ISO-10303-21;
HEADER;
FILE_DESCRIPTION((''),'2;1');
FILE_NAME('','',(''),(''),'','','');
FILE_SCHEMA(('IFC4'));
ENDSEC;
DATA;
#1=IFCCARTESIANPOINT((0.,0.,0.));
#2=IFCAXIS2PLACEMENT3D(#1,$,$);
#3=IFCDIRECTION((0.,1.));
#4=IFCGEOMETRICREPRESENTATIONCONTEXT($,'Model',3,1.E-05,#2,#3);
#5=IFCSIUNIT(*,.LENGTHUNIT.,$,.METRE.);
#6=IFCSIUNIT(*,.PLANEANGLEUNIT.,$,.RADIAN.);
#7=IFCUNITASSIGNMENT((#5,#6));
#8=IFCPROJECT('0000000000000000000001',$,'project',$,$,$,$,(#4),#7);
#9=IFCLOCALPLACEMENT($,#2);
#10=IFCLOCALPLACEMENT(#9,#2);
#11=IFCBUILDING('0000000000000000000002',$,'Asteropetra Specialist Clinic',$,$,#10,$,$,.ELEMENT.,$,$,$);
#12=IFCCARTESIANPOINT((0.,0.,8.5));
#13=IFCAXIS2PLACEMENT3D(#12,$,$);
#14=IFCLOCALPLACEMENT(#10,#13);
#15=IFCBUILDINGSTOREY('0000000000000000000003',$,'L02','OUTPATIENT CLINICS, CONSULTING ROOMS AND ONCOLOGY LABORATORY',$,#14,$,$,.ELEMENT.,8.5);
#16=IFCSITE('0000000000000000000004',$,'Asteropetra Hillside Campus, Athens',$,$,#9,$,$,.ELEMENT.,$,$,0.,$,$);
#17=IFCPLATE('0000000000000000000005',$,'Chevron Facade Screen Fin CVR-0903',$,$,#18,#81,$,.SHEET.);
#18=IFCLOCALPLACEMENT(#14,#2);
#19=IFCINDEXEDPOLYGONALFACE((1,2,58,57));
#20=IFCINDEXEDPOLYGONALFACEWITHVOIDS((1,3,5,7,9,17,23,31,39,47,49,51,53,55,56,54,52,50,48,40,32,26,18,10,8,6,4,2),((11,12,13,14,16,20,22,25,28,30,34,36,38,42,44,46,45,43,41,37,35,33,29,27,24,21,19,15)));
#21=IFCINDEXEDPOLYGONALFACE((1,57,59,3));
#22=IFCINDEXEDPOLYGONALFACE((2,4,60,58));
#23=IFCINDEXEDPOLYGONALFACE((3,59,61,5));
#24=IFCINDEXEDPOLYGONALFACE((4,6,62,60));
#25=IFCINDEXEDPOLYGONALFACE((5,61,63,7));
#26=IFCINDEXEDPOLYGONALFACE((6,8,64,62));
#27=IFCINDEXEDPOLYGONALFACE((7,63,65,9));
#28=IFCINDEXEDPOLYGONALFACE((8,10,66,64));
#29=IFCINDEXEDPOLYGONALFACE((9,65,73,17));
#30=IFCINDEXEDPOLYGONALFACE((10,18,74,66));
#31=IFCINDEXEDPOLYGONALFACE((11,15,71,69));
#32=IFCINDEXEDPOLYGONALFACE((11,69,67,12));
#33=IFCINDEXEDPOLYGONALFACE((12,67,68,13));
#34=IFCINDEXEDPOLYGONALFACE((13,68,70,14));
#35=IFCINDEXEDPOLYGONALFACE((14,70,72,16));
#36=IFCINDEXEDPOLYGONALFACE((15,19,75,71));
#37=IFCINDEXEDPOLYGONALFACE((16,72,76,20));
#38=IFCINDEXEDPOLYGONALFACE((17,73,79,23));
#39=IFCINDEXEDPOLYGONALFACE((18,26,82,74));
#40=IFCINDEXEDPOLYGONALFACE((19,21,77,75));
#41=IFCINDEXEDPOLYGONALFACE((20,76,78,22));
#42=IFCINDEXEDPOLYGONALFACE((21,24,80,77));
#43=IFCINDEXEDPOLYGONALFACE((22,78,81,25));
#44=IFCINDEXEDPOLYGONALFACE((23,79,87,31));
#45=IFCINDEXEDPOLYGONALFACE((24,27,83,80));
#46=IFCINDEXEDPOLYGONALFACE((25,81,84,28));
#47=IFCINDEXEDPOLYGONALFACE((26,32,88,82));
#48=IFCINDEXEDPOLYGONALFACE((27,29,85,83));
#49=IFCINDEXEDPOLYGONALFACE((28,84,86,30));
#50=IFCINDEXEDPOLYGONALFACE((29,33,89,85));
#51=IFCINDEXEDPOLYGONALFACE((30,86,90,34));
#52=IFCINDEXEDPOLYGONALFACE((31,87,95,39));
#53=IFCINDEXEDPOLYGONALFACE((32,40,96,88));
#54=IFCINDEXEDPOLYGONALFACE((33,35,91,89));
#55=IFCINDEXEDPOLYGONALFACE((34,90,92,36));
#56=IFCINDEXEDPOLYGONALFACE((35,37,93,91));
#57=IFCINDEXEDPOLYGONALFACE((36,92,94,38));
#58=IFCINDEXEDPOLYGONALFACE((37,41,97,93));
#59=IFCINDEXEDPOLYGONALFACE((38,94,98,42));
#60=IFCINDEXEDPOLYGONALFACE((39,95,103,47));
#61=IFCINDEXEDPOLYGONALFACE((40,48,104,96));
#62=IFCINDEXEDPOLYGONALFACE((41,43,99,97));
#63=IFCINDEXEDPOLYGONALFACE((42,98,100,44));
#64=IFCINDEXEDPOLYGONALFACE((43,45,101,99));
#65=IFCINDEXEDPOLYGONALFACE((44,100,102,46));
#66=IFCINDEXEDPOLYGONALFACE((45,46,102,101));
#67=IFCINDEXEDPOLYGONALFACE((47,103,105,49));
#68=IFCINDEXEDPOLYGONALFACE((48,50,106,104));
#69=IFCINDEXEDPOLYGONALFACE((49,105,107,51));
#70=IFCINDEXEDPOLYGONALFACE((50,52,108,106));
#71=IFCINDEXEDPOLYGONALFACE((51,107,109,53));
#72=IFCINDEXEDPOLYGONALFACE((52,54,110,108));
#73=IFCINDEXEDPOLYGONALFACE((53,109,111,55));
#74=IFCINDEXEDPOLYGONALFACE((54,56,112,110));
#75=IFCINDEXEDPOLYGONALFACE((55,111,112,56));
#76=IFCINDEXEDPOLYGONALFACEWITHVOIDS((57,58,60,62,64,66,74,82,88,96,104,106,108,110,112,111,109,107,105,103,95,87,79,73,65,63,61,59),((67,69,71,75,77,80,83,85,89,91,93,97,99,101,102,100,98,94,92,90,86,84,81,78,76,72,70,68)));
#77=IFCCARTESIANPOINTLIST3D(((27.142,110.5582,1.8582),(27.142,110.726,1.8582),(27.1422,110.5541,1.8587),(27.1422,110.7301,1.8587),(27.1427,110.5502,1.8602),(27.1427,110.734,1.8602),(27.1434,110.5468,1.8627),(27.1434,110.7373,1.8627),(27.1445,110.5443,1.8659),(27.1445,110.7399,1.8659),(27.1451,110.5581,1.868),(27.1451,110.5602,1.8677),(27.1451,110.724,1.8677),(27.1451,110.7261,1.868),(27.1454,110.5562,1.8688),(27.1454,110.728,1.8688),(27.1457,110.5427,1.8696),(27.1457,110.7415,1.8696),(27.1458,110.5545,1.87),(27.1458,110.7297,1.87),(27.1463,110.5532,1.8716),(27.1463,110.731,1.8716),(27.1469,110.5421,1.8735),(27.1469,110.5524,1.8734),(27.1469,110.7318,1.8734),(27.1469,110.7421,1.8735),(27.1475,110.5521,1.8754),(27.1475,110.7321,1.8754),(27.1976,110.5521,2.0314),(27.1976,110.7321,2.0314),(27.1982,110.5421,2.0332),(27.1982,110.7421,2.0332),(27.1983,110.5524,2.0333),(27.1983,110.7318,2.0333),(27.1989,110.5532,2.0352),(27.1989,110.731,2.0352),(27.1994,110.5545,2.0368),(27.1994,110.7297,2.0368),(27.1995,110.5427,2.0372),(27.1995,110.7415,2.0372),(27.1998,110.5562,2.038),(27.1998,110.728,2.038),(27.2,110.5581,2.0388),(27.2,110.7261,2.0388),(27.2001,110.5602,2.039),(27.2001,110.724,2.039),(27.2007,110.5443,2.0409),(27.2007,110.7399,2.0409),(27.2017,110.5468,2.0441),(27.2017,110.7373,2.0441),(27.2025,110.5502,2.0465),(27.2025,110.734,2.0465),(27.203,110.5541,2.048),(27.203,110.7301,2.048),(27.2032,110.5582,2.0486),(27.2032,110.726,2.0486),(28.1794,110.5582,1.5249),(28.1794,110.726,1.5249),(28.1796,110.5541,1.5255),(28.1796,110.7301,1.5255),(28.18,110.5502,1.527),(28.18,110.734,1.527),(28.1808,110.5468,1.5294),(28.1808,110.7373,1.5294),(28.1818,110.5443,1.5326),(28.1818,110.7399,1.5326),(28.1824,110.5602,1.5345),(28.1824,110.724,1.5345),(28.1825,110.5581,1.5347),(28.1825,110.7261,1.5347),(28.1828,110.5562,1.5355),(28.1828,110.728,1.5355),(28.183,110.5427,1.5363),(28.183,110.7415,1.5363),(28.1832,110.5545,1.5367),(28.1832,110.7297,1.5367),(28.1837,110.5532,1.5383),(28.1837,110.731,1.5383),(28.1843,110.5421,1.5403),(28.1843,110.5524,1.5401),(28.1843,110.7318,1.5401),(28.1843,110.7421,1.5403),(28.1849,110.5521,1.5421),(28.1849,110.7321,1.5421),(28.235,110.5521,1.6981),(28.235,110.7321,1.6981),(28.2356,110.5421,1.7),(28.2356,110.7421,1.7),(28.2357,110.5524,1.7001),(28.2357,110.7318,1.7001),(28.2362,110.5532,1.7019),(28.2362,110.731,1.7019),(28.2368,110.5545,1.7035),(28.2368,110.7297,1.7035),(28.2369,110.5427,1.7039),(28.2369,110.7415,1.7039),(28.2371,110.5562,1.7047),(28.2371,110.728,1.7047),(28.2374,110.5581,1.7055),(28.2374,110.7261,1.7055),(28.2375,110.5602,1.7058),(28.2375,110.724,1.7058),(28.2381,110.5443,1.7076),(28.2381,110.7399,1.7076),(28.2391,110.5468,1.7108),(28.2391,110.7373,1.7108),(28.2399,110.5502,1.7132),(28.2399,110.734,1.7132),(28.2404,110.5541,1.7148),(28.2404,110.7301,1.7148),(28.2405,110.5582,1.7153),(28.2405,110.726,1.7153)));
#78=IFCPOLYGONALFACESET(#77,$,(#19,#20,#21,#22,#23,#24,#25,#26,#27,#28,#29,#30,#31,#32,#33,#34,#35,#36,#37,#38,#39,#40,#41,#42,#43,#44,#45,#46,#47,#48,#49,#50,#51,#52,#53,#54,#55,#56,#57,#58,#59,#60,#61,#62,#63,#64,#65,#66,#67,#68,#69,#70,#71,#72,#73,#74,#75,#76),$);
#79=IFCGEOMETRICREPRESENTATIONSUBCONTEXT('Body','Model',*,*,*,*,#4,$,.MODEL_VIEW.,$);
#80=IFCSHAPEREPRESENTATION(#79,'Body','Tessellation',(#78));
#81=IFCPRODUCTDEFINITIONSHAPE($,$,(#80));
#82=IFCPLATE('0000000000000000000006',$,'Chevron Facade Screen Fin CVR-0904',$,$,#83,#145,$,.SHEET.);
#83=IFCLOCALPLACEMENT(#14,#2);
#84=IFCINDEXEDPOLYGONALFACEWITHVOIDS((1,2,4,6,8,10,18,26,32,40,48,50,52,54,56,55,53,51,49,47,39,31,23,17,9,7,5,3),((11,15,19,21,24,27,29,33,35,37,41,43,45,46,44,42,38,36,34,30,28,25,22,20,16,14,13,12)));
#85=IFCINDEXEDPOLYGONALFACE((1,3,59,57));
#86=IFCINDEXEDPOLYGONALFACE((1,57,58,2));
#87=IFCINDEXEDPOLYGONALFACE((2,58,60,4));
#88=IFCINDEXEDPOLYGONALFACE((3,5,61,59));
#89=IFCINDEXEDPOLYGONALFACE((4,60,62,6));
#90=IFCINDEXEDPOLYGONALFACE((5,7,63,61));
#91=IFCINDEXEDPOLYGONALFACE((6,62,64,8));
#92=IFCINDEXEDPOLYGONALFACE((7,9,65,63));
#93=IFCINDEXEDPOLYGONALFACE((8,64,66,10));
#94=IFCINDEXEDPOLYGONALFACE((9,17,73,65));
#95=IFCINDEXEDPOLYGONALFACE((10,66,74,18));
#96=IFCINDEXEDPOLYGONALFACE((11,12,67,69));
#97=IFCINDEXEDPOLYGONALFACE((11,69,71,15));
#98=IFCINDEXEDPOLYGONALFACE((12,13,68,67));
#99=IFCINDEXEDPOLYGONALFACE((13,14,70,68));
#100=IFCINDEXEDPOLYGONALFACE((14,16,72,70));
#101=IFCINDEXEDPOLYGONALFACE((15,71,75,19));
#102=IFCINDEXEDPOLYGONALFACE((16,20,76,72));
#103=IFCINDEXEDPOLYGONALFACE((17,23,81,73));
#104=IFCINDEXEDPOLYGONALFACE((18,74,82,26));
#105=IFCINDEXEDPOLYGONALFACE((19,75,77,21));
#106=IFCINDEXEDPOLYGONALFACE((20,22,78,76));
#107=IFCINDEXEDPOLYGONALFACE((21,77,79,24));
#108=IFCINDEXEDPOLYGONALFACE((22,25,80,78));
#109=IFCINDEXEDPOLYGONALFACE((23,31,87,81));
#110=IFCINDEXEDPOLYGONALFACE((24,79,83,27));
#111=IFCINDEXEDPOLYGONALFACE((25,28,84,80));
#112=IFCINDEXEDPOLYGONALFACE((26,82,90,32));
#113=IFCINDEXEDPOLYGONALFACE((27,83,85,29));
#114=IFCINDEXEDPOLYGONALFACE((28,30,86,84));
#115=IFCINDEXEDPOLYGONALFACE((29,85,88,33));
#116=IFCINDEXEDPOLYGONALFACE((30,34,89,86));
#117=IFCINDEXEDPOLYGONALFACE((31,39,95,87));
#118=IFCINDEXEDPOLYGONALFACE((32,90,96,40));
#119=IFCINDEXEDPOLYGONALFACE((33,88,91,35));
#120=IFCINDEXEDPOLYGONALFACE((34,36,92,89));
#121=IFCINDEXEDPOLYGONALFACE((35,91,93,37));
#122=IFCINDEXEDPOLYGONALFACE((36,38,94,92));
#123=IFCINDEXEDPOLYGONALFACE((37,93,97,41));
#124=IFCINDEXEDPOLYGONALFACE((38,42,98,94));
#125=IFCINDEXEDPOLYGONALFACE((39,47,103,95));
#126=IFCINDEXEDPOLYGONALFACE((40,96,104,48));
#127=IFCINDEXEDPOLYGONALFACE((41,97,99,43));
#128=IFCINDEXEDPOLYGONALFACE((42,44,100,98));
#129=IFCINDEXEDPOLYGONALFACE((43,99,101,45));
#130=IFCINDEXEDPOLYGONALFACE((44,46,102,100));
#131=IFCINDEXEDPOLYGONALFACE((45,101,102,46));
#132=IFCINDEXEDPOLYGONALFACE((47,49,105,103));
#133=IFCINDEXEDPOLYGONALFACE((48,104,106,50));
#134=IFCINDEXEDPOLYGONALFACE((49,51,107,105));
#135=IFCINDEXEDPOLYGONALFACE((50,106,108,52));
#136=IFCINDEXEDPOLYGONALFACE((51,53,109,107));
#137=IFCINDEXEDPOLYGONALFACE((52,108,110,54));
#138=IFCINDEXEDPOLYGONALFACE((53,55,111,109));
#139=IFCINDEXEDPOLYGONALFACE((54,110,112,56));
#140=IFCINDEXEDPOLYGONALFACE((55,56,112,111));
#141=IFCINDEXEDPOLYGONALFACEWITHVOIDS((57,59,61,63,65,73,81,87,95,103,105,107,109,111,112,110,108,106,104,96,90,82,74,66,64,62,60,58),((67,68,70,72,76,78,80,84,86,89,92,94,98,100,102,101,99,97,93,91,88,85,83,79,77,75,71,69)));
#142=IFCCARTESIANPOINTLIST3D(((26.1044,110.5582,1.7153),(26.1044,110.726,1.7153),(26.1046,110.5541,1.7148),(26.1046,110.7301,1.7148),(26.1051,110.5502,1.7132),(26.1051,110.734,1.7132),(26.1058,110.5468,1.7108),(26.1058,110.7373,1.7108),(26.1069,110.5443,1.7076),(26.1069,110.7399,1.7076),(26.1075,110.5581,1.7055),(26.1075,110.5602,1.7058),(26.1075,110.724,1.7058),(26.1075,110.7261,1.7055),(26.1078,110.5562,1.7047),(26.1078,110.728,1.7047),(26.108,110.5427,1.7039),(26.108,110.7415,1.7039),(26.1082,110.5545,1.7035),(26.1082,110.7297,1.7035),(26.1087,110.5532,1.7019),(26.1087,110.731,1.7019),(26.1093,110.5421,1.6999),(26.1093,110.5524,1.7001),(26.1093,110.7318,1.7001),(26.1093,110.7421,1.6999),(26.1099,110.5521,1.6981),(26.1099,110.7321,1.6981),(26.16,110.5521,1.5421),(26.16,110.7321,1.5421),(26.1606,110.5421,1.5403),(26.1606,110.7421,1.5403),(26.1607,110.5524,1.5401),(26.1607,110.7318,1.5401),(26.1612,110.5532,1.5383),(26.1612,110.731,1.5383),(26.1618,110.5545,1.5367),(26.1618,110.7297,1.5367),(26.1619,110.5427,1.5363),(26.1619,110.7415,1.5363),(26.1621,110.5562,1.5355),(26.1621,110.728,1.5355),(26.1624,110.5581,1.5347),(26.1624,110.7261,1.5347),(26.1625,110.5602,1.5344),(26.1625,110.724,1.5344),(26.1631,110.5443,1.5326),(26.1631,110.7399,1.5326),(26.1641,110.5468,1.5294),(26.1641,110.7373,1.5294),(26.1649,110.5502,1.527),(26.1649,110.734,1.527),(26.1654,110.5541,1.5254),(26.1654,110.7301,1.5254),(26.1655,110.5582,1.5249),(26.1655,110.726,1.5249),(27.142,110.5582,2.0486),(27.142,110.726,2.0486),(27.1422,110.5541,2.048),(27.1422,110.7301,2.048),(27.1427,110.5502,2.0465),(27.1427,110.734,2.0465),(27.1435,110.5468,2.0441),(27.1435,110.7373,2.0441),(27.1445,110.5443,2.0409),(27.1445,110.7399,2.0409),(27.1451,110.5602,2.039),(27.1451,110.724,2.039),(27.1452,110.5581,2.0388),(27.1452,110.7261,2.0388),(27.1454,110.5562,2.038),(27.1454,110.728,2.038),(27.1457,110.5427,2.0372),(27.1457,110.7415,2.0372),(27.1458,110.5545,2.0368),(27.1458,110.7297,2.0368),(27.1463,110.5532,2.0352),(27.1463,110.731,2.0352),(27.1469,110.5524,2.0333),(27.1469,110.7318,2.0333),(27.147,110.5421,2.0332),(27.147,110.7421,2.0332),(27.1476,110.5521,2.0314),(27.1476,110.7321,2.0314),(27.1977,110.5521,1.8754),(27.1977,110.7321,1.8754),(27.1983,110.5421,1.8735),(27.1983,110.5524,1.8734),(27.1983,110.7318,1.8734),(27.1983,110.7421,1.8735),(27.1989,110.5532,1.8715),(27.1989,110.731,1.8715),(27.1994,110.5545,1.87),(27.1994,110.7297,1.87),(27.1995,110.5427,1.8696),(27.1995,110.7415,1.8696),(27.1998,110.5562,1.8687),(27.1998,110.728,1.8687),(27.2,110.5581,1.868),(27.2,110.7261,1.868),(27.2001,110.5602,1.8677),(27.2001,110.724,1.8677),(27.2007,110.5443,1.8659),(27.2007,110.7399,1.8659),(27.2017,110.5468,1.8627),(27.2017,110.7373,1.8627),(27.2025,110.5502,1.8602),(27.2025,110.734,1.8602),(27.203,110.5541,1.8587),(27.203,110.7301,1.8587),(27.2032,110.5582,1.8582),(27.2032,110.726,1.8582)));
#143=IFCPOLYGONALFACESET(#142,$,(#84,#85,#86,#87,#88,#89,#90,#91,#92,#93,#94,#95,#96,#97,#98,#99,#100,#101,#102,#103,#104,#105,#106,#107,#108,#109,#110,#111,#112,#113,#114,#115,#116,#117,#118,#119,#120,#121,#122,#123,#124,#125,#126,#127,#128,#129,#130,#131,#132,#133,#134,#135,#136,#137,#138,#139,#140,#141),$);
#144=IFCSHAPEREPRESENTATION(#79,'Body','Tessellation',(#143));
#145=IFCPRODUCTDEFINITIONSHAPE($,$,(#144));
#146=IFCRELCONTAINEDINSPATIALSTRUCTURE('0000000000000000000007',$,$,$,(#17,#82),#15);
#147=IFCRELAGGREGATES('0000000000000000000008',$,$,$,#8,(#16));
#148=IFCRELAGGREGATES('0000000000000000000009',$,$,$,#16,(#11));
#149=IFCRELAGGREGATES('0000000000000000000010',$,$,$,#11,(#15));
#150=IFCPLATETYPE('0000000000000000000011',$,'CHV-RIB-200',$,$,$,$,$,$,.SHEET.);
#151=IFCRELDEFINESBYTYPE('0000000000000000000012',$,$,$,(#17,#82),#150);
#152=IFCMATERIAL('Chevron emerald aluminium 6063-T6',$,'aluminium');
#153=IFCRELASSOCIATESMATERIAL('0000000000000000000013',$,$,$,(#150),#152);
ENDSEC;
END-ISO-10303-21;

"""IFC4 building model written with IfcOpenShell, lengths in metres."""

from ifc_helpers import new_model, si_unit, direction, frame, origin, origin_2d, place, context, subcontext, project, spatial, hollow_rectangle, extrude, material, material_profile, profile_set, type_object, element, save


model = new_model("IFC4")

# Units and contexts
model_context = context("Model", 3, precision=1e-05, world=origin(), true_north=direction((0.0, 1.0)))
body_context = subcontext(model_context, "Body", "Model", "MODEL_VIEW")
ifc_project = project(units=[si_unit("LENGTHUNIT", "METRE"), si_unit("PLANEANGLEUNIT", "RADIAN")], contexts=[model_context])

# Site, building, storey
site_placement = place(None, origin())
site = spatial("IfcSite", under=ifc_project, at=site_placement, Name="Asteropetra Hillside Campus, Athens", CompositionType="ELEMENT", RefElevation=0.0)
building_placement = place(site_placement, origin())
building = spatial("IfcBuilding", under=site, at=building_placement, Name="Asteropetra Specialist Clinic", CompositionType="ELEMENT")
storey_placement = place(building_placement, frame((0.0, 0.0, 8.5)))
storey = spatial("IfcBuildingStorey", under=building, at=storey_placement, Name="L02", Description="OUTPATIENT CLINICS, CONSULTING ROOMS AND ONCOLOGY LABORATORY", CompositionType="ELEMENT", Elevation=8.5)

# Plates
ifc_material_1 = material(Name="Chevron emerald aluminium 6063-T6", Category="aluminium")
ifc_material_profile = material_profile(ifc_material_1, hollow_rectangle(XDim=0.2, YDim=0.2, WallThickness=0.01, InnerFilletRadius=0.0081, OuterFilletRadius=0.0161, at=origin_2d()), Name="SHS 200x200x10.0")
ifc_profile_set = profile_set([ifc_material_profile], Name="Chevron emerald aluminium 6063-T6")
plate_type_1 = type_object("IfcPlateType", Name="CHV-RIB-200", PredefinedType="SHEET", material=ifc_profile_set)
plate_1_placement = place(storey_placement, frame((28.21, 110.6421, 1.6201), z_axis=(-0.952078, 0.0, 0.305857), x_axis=(0.0, -1.0, 0.0)))
element("IfcPlate", 1, at=plate_1_placement, inside=storey, type_object=plate_type_1, Name="Chevron Facade Screen Fin CVR-0903", PredefinedType="SHEET", context=body_context, shape_type="SweptSolid", body=[
    extrude(hollow_rectangle(XDim=0.2, YDim=0.2, WallThickness=0.01, InnerFilletRadius=0.0081, OuterFilletRadius=0.0161, at=origin_2d()), origin(), (0.0, 0.0, 1.0), 1.0896),
])
plate_2_placement = place(storey_placement, frame((27.1726, 110.6421, 1.9534), z_axis=(-0.952098, 0.0, -0.305792), x_axis=(0.0, -1.0, 0.0)))
element("IfcPlate", 2, at=plate_2_placement, inside=storey, type_object=plate_type_1, Name="Chevron Facade Screen Fin CVR-0904", PredefinedType="SHEET", context=body_context, shape_type="SweptSolid", body=[
    extrude(hollow_rectangle(XDim=0.2, YDim=0.2, WallThickness=0.01, InnerFilletRadius=0.0081, OuterFilletRadius=0.0161, at=origin_2d()), origin(), (0.0, 0.0, 1.0), 1.0898),
])

save(model, "model.ifc")
